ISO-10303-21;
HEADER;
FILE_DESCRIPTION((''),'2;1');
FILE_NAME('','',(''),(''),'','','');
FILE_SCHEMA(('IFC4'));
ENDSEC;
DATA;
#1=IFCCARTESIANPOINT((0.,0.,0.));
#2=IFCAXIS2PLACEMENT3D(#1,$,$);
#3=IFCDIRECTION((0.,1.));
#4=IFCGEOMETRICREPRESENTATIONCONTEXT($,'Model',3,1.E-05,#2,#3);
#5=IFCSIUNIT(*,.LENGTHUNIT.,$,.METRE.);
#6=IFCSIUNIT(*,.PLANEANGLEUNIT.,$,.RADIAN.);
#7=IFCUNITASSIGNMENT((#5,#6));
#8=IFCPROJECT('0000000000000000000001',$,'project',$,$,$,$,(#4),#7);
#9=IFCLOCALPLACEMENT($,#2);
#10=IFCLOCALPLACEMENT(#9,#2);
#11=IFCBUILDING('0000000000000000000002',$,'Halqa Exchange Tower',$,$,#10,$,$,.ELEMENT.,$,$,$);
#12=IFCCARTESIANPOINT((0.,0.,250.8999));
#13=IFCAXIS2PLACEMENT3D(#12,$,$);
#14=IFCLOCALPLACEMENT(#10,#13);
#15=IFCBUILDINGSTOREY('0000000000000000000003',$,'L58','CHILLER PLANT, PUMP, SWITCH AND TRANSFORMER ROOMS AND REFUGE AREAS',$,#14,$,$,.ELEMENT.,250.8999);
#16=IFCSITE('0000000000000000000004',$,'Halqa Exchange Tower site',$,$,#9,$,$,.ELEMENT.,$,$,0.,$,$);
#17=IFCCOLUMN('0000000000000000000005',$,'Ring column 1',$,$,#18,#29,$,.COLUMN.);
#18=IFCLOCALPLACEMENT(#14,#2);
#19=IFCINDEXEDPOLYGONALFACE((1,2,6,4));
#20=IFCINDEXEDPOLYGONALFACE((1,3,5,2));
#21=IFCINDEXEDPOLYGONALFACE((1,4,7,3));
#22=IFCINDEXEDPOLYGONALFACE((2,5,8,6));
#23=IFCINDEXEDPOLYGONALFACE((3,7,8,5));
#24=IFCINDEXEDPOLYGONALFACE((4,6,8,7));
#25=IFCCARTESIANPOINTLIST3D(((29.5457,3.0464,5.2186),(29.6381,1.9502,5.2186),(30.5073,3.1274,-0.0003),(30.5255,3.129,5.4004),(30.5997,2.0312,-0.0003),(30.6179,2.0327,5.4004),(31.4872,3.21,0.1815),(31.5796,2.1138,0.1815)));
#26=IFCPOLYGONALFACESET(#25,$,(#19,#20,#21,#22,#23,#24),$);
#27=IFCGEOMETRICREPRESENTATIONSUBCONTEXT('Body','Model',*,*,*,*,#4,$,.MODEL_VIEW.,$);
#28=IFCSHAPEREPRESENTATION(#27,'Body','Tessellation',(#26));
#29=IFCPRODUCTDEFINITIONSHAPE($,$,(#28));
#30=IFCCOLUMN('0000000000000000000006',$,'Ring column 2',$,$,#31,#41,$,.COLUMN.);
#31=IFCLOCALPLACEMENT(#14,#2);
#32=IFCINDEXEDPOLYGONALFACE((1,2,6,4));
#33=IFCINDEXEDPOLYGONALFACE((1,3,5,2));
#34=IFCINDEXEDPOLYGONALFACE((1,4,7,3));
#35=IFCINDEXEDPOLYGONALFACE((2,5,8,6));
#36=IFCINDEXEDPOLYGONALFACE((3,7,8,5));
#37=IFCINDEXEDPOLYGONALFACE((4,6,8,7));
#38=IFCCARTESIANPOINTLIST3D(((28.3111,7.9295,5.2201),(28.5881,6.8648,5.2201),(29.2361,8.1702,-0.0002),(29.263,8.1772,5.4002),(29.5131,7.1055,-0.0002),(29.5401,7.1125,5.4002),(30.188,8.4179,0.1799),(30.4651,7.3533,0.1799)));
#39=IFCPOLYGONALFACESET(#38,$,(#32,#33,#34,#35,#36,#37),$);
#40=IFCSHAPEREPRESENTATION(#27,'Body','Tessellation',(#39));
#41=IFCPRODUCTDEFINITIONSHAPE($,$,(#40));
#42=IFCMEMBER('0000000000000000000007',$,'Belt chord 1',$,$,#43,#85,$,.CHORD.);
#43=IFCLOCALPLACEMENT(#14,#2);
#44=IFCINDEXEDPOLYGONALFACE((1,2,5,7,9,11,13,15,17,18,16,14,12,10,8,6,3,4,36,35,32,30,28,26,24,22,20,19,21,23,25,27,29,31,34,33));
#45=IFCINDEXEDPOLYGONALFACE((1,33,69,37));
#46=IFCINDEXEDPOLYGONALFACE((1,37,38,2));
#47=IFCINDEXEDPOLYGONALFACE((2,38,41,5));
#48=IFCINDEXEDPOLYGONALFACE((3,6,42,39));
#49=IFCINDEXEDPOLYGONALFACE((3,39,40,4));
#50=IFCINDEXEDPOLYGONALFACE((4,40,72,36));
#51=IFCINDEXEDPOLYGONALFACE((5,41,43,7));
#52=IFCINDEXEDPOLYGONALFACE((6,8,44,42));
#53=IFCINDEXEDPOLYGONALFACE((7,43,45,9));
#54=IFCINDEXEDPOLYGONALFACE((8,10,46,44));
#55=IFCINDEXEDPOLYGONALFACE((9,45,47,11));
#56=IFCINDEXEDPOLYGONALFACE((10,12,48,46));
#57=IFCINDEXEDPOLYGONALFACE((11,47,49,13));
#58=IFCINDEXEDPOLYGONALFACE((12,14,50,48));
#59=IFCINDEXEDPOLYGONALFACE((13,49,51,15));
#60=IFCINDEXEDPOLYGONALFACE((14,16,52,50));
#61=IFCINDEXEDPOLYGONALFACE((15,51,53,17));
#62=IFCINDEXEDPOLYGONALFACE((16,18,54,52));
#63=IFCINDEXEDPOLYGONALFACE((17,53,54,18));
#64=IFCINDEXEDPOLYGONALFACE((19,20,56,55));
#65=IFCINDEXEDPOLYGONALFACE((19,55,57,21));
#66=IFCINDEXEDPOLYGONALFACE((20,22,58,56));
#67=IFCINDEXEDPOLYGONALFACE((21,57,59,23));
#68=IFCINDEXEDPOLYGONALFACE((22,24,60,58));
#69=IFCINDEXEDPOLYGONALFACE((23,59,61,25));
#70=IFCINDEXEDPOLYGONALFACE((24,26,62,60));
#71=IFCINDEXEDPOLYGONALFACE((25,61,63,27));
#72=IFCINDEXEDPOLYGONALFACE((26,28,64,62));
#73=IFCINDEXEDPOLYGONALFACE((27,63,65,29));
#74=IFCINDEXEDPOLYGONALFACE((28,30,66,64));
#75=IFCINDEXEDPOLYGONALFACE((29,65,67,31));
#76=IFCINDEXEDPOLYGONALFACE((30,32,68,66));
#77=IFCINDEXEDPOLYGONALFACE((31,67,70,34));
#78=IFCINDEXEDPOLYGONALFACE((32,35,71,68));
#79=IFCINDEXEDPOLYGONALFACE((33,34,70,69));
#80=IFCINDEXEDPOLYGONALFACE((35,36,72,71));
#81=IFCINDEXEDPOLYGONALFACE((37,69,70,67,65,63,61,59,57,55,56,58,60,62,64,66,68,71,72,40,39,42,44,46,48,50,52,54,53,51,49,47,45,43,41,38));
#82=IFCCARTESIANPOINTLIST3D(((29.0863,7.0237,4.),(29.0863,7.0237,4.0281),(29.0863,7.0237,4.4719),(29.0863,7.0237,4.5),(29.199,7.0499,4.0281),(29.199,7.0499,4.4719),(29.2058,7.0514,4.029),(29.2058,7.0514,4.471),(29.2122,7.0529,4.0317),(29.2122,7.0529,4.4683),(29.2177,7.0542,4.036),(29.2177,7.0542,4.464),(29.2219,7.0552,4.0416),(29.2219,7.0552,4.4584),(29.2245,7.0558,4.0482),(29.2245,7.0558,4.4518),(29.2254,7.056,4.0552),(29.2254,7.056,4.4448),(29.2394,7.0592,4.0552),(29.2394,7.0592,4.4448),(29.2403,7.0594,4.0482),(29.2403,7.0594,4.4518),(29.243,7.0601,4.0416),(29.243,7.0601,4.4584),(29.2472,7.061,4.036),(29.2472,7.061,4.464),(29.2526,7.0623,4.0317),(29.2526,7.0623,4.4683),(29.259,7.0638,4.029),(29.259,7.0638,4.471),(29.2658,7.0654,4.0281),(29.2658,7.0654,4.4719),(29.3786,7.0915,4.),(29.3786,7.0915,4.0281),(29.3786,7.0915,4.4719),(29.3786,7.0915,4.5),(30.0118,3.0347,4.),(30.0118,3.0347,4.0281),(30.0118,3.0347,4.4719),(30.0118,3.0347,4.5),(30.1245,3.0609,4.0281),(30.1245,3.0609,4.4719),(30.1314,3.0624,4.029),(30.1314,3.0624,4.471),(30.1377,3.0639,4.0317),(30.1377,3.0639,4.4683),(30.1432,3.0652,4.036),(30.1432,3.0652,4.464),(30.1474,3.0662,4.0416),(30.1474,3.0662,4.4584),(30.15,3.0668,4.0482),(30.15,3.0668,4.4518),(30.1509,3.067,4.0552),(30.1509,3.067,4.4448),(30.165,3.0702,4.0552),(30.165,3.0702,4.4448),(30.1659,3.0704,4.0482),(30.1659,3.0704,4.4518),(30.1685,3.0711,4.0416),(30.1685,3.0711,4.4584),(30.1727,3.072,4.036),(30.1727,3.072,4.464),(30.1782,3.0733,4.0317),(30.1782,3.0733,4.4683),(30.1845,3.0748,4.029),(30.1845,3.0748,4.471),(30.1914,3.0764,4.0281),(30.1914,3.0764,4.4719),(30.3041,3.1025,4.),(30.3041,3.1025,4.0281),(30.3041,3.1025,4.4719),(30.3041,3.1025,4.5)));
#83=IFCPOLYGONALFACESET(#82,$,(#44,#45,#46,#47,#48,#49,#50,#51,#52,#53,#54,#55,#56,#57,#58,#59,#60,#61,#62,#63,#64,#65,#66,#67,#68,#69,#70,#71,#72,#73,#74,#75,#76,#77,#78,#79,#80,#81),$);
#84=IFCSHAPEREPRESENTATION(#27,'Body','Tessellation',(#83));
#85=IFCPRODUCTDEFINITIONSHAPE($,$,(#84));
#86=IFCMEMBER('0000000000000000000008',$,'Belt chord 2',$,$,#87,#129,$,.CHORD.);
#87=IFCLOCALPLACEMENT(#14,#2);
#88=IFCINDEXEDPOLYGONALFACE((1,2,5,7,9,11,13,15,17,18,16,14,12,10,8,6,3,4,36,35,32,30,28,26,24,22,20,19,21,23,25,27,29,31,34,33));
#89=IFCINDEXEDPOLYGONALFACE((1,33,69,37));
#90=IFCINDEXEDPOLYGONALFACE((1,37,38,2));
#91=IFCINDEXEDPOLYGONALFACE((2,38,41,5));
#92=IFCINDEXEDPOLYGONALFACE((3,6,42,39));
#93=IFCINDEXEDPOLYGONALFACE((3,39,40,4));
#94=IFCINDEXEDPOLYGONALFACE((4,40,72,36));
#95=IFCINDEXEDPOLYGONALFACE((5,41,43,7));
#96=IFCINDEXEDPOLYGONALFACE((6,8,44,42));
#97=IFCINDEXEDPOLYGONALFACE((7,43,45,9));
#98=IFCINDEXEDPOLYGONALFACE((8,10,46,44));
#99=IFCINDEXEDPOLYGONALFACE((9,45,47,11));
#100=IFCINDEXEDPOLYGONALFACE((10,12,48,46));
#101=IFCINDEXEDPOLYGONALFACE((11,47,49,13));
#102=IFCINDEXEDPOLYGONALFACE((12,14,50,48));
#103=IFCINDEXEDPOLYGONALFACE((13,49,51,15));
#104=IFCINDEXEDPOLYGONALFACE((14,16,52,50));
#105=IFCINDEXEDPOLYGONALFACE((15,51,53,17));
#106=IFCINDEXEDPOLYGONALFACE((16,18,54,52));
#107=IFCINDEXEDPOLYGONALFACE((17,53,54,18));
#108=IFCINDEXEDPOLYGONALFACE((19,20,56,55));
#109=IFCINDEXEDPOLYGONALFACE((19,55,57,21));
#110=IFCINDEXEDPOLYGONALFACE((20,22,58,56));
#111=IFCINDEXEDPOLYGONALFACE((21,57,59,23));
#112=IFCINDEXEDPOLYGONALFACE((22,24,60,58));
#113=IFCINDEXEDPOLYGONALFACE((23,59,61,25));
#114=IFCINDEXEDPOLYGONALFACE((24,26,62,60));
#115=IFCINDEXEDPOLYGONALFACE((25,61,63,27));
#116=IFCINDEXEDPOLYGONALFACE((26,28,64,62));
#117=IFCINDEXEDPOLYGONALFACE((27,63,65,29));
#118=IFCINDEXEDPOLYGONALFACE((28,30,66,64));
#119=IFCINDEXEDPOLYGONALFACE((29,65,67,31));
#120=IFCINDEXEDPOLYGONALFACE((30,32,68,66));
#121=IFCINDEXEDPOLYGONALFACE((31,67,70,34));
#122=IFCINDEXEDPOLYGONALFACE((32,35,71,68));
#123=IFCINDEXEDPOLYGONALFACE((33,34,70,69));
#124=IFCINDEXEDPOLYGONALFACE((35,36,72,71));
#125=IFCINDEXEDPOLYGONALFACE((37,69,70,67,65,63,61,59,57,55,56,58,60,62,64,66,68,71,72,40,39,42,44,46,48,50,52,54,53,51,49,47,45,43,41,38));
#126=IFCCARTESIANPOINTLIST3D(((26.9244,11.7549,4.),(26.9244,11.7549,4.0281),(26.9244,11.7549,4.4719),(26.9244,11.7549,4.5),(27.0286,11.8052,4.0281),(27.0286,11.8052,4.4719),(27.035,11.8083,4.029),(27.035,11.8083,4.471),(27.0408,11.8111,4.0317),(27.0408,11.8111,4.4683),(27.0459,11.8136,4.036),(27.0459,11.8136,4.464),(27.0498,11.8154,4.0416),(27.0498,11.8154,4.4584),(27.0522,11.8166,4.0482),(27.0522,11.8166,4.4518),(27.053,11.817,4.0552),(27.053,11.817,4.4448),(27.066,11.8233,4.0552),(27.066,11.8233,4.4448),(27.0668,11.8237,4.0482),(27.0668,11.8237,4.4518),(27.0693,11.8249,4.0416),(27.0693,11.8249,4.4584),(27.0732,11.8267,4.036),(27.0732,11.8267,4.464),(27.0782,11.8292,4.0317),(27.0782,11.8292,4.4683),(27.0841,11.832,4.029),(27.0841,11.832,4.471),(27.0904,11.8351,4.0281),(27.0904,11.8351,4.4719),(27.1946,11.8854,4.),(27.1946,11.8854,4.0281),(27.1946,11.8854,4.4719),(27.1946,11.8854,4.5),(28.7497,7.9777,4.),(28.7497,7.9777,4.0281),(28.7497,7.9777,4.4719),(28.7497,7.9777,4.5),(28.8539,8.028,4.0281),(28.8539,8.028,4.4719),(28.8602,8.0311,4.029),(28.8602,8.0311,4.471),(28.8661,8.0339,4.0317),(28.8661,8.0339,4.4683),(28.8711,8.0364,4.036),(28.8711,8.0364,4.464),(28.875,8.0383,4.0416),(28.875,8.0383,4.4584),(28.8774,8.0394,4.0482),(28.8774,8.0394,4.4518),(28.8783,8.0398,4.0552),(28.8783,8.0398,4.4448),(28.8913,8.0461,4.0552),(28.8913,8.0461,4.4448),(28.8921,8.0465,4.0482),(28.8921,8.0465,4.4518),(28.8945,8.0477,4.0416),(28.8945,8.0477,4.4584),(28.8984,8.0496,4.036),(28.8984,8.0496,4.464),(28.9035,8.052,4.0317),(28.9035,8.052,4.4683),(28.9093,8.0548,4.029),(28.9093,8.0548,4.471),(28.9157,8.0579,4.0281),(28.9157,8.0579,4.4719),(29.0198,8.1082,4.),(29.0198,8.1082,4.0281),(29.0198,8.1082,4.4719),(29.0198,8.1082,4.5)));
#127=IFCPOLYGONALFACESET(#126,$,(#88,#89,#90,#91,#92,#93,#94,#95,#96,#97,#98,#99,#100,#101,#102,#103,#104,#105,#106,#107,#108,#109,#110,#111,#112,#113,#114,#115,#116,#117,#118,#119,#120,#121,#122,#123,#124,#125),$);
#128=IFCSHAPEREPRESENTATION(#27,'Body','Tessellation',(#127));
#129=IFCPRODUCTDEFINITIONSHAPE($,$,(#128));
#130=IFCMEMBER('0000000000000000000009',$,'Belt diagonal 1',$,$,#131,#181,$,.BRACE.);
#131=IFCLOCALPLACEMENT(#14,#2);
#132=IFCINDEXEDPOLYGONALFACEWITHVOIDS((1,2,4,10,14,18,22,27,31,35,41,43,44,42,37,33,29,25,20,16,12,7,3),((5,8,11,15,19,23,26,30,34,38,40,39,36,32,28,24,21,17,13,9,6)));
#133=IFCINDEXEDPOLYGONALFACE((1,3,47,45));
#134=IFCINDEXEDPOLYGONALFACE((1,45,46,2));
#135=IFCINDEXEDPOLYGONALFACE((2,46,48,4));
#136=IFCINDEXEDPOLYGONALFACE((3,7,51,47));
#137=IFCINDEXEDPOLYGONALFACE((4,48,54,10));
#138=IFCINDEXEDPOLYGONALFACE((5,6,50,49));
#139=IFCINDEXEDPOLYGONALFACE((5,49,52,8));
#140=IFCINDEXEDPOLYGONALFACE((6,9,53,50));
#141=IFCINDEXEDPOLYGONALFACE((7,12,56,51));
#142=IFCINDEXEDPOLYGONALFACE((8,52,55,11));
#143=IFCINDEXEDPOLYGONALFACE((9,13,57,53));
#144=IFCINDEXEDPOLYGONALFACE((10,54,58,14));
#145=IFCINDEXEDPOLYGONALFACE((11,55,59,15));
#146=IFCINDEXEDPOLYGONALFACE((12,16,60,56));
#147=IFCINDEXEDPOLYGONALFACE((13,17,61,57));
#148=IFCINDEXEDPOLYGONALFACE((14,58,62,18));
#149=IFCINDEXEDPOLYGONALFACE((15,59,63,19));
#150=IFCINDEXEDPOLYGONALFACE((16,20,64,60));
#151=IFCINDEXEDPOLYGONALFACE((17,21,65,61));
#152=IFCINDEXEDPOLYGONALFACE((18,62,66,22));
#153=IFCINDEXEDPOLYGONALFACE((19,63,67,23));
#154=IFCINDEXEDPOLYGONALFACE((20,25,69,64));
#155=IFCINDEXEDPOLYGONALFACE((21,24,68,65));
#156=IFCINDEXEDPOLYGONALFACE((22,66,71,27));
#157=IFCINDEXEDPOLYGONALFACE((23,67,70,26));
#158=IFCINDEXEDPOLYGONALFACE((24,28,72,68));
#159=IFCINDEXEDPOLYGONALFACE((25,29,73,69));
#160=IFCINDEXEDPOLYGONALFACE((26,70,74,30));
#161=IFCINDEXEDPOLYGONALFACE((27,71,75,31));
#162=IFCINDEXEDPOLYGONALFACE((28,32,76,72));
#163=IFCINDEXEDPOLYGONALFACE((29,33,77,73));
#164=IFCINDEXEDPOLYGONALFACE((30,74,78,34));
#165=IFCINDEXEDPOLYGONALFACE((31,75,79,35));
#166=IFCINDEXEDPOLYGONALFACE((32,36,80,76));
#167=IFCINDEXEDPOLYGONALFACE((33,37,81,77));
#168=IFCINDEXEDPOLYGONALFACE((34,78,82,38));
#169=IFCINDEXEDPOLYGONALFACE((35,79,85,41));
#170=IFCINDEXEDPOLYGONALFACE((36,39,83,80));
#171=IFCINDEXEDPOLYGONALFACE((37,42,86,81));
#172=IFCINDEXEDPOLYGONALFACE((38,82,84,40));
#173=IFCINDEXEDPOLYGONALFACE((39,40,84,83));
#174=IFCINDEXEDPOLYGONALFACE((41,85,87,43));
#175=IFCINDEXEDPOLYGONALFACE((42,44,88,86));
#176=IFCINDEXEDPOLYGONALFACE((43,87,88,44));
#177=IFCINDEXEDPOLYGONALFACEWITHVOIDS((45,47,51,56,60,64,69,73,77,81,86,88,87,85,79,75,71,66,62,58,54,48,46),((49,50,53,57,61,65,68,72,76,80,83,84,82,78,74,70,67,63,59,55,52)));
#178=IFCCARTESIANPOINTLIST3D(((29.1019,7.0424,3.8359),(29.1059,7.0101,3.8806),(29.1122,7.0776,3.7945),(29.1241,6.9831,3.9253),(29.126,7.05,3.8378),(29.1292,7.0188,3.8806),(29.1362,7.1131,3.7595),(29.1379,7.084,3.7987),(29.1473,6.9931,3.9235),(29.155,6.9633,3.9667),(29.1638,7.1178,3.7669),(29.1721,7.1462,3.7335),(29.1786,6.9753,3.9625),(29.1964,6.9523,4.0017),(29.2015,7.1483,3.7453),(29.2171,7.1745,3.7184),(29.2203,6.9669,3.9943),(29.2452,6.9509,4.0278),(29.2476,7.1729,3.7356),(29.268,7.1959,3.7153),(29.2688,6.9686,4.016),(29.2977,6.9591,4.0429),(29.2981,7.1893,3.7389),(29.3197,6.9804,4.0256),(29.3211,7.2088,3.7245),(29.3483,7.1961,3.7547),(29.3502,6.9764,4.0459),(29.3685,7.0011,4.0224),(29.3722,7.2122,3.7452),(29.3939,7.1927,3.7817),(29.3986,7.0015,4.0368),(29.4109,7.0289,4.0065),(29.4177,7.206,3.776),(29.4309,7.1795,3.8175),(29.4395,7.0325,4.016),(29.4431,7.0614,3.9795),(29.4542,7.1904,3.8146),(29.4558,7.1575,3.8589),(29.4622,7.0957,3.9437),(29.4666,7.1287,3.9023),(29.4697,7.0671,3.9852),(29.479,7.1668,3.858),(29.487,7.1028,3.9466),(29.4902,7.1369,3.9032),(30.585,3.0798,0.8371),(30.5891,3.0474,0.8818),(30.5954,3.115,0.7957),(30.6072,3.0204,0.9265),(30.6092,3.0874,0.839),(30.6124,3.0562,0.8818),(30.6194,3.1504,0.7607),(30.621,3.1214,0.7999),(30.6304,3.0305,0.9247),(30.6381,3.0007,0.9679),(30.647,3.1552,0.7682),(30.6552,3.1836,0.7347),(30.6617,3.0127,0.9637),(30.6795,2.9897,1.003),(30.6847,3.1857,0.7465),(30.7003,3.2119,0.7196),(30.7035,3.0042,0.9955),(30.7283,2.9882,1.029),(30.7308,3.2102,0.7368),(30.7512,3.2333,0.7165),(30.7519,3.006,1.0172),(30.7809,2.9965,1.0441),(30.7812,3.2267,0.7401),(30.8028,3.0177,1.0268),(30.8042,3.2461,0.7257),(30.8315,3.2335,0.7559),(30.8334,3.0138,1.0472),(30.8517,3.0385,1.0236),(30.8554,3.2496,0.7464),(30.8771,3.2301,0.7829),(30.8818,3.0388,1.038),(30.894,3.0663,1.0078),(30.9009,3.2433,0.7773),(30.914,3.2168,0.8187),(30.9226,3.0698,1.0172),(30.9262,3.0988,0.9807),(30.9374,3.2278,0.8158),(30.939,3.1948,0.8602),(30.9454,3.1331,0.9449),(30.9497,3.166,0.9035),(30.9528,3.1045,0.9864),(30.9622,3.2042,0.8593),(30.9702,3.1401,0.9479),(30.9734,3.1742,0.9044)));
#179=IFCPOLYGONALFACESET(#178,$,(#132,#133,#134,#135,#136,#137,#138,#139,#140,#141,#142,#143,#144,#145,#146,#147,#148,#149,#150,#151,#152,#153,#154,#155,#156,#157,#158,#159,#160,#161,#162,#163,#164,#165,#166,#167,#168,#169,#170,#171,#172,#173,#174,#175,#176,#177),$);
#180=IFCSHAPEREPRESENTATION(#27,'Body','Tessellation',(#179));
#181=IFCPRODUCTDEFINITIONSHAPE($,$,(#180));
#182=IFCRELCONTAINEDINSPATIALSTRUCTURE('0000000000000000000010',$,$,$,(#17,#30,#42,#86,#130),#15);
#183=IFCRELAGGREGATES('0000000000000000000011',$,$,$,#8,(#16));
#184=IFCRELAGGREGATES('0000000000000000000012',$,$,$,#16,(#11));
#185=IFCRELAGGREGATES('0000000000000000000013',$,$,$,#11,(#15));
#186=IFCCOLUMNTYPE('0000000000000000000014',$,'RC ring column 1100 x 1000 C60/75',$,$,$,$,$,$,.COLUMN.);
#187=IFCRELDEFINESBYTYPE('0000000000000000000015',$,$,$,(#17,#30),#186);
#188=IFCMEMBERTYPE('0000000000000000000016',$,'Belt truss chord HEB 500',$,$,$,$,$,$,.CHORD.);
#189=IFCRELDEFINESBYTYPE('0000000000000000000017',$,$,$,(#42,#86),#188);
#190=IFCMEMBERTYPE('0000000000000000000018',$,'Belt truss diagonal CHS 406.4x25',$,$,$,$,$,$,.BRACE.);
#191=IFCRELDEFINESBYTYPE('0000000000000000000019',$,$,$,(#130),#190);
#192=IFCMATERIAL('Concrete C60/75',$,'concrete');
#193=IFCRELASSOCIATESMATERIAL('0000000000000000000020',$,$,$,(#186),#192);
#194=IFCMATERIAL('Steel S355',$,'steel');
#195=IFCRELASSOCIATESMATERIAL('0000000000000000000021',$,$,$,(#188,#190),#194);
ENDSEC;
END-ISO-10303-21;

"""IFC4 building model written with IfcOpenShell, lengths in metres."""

from ifc_helpers import new_model, si_unit, direction, frame, origin, origin_2d, place, context, subcontext, project, spatial, rectangle, hollow_circle, i_section, extrude, material, material_profile, profile_set, type_object, element, save


model = new_model("IFC4")

# Units and contexts
model_context = context("Model", 3, precision=1e-05, world=origin(), true_north=direction((0.0, 1.0)))
body_context = subcontext(model_context, "Body", "Model", "MODEL_VIEW")
ifc_project = project(units=[si_unit("LENGTHUNIT", "METRE"), si_unit("PLANEANGLEUNIT", "RADIAN")], contexts=[model_context])

# Site, building, storey
site_placement = place(None, origin())
site = spatial("IfcSite", under=ifc_project, at=site_placement, Name="Halqa Exchange Tower site", CompositionType="ELEMENT", RefElevation=0.0)
building_placement = place(site_placement, origin())
building = spatial("IfcBuilding", under=site, at=building_placement, Name="Halqa Exchange Tower", CompositionType="ELEMENT")
storey_placement = place(building_placement, frame((0.0, 0.0, 250.8999)))
storey = spatial("IfcBuildingStorey", under=building, at=storey_placement, Name="L58", Description="CHILLER PLANT, PUMP, SWITCH AND TRANSFORMER ROOMS AND REFUGE AREAS", CompositionType="ELEMENT", Elevation=250.8999)

# Columns
ifc_material_1 = material(Name="Concrete C60/75", Category="concrete")
ifc_material_profile_1 = material_profile(ifc_material_1, rectangle(XDim=1.1001, YDim=1.0, at=origin_2d()), Name="1100 x 1000")
ifc_profile_set_1 = profile_set([ifc_material_profile_1], Name="Concrete C60/75")
column_type = type_object("IfcColumnType", Name="RC ring column 1100 x 1000 C60/75", PredefinedType="COLUMN", material=ifc_profile_set_1)
column_1_placement = place(storey_placement, frame((31.0435, 2.6206, 0.0906), z_axis=(-0.181192, -0.015272, 0.983329), x_axis=(0.083988, -0.996467, 0.0)))
element("IfcColumn", 1, at=column_1_placement, inside=storey, type_object=column_type, Name="Ring column 1", PredefinedType="COLUMN", context=body_context, shape_type="SweptSolid", body=[
    extrude(rectangle(XDim=1.1001, YDim=1.0, at=origin_2d()), origin(), (0.0, 0.0, 1.0), 5.3074),
])
column_2_placement = place(storey_placement, frame((29.8506, 7.7617, 0.0898), z_axis=(-0.174299, -0.045357, 0.983648), x_axis=(0.25184, -0.967769, 0.0)))
element("IfcColumn", 2, at=column_2_placement, inside=storey, type_object=column_type, Name="Ring column 2", PredefinedType="COLUMN", context=body_context, shape_type="SweptSolid", body=[
    extrude(rectangle(XDim=1.1001, YDim=1.0, at=origin_2d()), origin(), (0.0, 0.0, 1.0), 5.3071),
])

# Members
ifc_material_2 = material(Name="Steel S355", Category="steel")
ifc_material_profile_2 = material_profile(ifc_material_2, i_section(OverallWidth=0.3, OverallDepth=0.5, WebThickness=0.0144, FlangeThickness=0.0281, FilletRadius=0.0271, at=origin_2d()), Name="HEB 500")
ifc_profile_set_2 = profile_set([ifc_material_profile_2], Name="Steel S355")
member_type_1 = type_object("IfcMemberType", Name="Belt truss chord HEB 500", PredefinedType="CHORD", material=ifc_profile_set_2)
member_1_placement = place(storey_placement, frame((30.158, 3.0686, 4.25), z_axis=(-0.226018, 0.974123, 0.0), x_axis=(-0.974123, -0.226018, 0.0)))
element("IfcMember", 3, at=member_1_placement, inside=storey, type_object=member_type_1, Name="Belt chord 1", PredefinedType="CHORD", context=body_context, shape_type="SweptSolid", body=[
    extrude(i_section(OverallWidth=0.3, OverallDepth=0.5, WebThickness=0.0144, FlangeThickness=0.0281, FilletRadius=0.0271, at=origin_2d()), origin(), (0.0, 0.0, 1.0), 4.095),
])
member_2_placement = place(storey_placement, frame((28.8848, 8.043, 4.25), z_axis=(-0.435091, 0.900387, 0.0), x_axis=(-0.900387, -0.435091, 0.0)))
element("IfcMember", 4, at=member_2_placement, inside=storey, type_object=member_type_1, Name="Belt chord 2", PredefinedType="CHORD", context=body_context, shape_type="SweptSolid", body=[
    extrude(i_section(OverallWidth=0.3, OverallDepth=0.5, WebThickness=0.0144, FlangeThickness=0.0281, FilletRadius=0.0271, at=origin_2d()), origin(), (0.0, 0.0, 1.0), 4.1951),
])
ifc_material_profile_3 = material_profile(ifc_material_2, hollow_circle(Radius=0.2031, WallThickness=0.0249, at=origin_2d()), Name="CHS 406.4x25")
ifc_profile_set_3 = profile_set([ifc_material_profile_3], Name="Steel S355")
member_type_2 = type_object("IfcMemberType", Name="Belt truss diagonal CHS 406.4x25", PredefinedType="BRACE", material=ifc_profile_set_3)
member_3_placement = place(storey_placement, frame((30.7793, 3.1187, 0.8818), z_axis=(-0.28599, 0.764099, 0.578241), x_axis=(-0.93655, -0.350535, 0.0)))
element("IfcMember", 5, at=member_3_placement, inside=storey, type_object=member_type_2, Name="Belt diagonal 1", PredefinedType="BRACE", context=body_context, shape_type="SweptSolid", body=[
    extrude(hollow_circle(Radius=0.2031, WallThickness=0.0249, at=origin_2d()), origin(), (0.0, 0.0, 1.0), 5.186),
])

save(model, "model.ifc")
